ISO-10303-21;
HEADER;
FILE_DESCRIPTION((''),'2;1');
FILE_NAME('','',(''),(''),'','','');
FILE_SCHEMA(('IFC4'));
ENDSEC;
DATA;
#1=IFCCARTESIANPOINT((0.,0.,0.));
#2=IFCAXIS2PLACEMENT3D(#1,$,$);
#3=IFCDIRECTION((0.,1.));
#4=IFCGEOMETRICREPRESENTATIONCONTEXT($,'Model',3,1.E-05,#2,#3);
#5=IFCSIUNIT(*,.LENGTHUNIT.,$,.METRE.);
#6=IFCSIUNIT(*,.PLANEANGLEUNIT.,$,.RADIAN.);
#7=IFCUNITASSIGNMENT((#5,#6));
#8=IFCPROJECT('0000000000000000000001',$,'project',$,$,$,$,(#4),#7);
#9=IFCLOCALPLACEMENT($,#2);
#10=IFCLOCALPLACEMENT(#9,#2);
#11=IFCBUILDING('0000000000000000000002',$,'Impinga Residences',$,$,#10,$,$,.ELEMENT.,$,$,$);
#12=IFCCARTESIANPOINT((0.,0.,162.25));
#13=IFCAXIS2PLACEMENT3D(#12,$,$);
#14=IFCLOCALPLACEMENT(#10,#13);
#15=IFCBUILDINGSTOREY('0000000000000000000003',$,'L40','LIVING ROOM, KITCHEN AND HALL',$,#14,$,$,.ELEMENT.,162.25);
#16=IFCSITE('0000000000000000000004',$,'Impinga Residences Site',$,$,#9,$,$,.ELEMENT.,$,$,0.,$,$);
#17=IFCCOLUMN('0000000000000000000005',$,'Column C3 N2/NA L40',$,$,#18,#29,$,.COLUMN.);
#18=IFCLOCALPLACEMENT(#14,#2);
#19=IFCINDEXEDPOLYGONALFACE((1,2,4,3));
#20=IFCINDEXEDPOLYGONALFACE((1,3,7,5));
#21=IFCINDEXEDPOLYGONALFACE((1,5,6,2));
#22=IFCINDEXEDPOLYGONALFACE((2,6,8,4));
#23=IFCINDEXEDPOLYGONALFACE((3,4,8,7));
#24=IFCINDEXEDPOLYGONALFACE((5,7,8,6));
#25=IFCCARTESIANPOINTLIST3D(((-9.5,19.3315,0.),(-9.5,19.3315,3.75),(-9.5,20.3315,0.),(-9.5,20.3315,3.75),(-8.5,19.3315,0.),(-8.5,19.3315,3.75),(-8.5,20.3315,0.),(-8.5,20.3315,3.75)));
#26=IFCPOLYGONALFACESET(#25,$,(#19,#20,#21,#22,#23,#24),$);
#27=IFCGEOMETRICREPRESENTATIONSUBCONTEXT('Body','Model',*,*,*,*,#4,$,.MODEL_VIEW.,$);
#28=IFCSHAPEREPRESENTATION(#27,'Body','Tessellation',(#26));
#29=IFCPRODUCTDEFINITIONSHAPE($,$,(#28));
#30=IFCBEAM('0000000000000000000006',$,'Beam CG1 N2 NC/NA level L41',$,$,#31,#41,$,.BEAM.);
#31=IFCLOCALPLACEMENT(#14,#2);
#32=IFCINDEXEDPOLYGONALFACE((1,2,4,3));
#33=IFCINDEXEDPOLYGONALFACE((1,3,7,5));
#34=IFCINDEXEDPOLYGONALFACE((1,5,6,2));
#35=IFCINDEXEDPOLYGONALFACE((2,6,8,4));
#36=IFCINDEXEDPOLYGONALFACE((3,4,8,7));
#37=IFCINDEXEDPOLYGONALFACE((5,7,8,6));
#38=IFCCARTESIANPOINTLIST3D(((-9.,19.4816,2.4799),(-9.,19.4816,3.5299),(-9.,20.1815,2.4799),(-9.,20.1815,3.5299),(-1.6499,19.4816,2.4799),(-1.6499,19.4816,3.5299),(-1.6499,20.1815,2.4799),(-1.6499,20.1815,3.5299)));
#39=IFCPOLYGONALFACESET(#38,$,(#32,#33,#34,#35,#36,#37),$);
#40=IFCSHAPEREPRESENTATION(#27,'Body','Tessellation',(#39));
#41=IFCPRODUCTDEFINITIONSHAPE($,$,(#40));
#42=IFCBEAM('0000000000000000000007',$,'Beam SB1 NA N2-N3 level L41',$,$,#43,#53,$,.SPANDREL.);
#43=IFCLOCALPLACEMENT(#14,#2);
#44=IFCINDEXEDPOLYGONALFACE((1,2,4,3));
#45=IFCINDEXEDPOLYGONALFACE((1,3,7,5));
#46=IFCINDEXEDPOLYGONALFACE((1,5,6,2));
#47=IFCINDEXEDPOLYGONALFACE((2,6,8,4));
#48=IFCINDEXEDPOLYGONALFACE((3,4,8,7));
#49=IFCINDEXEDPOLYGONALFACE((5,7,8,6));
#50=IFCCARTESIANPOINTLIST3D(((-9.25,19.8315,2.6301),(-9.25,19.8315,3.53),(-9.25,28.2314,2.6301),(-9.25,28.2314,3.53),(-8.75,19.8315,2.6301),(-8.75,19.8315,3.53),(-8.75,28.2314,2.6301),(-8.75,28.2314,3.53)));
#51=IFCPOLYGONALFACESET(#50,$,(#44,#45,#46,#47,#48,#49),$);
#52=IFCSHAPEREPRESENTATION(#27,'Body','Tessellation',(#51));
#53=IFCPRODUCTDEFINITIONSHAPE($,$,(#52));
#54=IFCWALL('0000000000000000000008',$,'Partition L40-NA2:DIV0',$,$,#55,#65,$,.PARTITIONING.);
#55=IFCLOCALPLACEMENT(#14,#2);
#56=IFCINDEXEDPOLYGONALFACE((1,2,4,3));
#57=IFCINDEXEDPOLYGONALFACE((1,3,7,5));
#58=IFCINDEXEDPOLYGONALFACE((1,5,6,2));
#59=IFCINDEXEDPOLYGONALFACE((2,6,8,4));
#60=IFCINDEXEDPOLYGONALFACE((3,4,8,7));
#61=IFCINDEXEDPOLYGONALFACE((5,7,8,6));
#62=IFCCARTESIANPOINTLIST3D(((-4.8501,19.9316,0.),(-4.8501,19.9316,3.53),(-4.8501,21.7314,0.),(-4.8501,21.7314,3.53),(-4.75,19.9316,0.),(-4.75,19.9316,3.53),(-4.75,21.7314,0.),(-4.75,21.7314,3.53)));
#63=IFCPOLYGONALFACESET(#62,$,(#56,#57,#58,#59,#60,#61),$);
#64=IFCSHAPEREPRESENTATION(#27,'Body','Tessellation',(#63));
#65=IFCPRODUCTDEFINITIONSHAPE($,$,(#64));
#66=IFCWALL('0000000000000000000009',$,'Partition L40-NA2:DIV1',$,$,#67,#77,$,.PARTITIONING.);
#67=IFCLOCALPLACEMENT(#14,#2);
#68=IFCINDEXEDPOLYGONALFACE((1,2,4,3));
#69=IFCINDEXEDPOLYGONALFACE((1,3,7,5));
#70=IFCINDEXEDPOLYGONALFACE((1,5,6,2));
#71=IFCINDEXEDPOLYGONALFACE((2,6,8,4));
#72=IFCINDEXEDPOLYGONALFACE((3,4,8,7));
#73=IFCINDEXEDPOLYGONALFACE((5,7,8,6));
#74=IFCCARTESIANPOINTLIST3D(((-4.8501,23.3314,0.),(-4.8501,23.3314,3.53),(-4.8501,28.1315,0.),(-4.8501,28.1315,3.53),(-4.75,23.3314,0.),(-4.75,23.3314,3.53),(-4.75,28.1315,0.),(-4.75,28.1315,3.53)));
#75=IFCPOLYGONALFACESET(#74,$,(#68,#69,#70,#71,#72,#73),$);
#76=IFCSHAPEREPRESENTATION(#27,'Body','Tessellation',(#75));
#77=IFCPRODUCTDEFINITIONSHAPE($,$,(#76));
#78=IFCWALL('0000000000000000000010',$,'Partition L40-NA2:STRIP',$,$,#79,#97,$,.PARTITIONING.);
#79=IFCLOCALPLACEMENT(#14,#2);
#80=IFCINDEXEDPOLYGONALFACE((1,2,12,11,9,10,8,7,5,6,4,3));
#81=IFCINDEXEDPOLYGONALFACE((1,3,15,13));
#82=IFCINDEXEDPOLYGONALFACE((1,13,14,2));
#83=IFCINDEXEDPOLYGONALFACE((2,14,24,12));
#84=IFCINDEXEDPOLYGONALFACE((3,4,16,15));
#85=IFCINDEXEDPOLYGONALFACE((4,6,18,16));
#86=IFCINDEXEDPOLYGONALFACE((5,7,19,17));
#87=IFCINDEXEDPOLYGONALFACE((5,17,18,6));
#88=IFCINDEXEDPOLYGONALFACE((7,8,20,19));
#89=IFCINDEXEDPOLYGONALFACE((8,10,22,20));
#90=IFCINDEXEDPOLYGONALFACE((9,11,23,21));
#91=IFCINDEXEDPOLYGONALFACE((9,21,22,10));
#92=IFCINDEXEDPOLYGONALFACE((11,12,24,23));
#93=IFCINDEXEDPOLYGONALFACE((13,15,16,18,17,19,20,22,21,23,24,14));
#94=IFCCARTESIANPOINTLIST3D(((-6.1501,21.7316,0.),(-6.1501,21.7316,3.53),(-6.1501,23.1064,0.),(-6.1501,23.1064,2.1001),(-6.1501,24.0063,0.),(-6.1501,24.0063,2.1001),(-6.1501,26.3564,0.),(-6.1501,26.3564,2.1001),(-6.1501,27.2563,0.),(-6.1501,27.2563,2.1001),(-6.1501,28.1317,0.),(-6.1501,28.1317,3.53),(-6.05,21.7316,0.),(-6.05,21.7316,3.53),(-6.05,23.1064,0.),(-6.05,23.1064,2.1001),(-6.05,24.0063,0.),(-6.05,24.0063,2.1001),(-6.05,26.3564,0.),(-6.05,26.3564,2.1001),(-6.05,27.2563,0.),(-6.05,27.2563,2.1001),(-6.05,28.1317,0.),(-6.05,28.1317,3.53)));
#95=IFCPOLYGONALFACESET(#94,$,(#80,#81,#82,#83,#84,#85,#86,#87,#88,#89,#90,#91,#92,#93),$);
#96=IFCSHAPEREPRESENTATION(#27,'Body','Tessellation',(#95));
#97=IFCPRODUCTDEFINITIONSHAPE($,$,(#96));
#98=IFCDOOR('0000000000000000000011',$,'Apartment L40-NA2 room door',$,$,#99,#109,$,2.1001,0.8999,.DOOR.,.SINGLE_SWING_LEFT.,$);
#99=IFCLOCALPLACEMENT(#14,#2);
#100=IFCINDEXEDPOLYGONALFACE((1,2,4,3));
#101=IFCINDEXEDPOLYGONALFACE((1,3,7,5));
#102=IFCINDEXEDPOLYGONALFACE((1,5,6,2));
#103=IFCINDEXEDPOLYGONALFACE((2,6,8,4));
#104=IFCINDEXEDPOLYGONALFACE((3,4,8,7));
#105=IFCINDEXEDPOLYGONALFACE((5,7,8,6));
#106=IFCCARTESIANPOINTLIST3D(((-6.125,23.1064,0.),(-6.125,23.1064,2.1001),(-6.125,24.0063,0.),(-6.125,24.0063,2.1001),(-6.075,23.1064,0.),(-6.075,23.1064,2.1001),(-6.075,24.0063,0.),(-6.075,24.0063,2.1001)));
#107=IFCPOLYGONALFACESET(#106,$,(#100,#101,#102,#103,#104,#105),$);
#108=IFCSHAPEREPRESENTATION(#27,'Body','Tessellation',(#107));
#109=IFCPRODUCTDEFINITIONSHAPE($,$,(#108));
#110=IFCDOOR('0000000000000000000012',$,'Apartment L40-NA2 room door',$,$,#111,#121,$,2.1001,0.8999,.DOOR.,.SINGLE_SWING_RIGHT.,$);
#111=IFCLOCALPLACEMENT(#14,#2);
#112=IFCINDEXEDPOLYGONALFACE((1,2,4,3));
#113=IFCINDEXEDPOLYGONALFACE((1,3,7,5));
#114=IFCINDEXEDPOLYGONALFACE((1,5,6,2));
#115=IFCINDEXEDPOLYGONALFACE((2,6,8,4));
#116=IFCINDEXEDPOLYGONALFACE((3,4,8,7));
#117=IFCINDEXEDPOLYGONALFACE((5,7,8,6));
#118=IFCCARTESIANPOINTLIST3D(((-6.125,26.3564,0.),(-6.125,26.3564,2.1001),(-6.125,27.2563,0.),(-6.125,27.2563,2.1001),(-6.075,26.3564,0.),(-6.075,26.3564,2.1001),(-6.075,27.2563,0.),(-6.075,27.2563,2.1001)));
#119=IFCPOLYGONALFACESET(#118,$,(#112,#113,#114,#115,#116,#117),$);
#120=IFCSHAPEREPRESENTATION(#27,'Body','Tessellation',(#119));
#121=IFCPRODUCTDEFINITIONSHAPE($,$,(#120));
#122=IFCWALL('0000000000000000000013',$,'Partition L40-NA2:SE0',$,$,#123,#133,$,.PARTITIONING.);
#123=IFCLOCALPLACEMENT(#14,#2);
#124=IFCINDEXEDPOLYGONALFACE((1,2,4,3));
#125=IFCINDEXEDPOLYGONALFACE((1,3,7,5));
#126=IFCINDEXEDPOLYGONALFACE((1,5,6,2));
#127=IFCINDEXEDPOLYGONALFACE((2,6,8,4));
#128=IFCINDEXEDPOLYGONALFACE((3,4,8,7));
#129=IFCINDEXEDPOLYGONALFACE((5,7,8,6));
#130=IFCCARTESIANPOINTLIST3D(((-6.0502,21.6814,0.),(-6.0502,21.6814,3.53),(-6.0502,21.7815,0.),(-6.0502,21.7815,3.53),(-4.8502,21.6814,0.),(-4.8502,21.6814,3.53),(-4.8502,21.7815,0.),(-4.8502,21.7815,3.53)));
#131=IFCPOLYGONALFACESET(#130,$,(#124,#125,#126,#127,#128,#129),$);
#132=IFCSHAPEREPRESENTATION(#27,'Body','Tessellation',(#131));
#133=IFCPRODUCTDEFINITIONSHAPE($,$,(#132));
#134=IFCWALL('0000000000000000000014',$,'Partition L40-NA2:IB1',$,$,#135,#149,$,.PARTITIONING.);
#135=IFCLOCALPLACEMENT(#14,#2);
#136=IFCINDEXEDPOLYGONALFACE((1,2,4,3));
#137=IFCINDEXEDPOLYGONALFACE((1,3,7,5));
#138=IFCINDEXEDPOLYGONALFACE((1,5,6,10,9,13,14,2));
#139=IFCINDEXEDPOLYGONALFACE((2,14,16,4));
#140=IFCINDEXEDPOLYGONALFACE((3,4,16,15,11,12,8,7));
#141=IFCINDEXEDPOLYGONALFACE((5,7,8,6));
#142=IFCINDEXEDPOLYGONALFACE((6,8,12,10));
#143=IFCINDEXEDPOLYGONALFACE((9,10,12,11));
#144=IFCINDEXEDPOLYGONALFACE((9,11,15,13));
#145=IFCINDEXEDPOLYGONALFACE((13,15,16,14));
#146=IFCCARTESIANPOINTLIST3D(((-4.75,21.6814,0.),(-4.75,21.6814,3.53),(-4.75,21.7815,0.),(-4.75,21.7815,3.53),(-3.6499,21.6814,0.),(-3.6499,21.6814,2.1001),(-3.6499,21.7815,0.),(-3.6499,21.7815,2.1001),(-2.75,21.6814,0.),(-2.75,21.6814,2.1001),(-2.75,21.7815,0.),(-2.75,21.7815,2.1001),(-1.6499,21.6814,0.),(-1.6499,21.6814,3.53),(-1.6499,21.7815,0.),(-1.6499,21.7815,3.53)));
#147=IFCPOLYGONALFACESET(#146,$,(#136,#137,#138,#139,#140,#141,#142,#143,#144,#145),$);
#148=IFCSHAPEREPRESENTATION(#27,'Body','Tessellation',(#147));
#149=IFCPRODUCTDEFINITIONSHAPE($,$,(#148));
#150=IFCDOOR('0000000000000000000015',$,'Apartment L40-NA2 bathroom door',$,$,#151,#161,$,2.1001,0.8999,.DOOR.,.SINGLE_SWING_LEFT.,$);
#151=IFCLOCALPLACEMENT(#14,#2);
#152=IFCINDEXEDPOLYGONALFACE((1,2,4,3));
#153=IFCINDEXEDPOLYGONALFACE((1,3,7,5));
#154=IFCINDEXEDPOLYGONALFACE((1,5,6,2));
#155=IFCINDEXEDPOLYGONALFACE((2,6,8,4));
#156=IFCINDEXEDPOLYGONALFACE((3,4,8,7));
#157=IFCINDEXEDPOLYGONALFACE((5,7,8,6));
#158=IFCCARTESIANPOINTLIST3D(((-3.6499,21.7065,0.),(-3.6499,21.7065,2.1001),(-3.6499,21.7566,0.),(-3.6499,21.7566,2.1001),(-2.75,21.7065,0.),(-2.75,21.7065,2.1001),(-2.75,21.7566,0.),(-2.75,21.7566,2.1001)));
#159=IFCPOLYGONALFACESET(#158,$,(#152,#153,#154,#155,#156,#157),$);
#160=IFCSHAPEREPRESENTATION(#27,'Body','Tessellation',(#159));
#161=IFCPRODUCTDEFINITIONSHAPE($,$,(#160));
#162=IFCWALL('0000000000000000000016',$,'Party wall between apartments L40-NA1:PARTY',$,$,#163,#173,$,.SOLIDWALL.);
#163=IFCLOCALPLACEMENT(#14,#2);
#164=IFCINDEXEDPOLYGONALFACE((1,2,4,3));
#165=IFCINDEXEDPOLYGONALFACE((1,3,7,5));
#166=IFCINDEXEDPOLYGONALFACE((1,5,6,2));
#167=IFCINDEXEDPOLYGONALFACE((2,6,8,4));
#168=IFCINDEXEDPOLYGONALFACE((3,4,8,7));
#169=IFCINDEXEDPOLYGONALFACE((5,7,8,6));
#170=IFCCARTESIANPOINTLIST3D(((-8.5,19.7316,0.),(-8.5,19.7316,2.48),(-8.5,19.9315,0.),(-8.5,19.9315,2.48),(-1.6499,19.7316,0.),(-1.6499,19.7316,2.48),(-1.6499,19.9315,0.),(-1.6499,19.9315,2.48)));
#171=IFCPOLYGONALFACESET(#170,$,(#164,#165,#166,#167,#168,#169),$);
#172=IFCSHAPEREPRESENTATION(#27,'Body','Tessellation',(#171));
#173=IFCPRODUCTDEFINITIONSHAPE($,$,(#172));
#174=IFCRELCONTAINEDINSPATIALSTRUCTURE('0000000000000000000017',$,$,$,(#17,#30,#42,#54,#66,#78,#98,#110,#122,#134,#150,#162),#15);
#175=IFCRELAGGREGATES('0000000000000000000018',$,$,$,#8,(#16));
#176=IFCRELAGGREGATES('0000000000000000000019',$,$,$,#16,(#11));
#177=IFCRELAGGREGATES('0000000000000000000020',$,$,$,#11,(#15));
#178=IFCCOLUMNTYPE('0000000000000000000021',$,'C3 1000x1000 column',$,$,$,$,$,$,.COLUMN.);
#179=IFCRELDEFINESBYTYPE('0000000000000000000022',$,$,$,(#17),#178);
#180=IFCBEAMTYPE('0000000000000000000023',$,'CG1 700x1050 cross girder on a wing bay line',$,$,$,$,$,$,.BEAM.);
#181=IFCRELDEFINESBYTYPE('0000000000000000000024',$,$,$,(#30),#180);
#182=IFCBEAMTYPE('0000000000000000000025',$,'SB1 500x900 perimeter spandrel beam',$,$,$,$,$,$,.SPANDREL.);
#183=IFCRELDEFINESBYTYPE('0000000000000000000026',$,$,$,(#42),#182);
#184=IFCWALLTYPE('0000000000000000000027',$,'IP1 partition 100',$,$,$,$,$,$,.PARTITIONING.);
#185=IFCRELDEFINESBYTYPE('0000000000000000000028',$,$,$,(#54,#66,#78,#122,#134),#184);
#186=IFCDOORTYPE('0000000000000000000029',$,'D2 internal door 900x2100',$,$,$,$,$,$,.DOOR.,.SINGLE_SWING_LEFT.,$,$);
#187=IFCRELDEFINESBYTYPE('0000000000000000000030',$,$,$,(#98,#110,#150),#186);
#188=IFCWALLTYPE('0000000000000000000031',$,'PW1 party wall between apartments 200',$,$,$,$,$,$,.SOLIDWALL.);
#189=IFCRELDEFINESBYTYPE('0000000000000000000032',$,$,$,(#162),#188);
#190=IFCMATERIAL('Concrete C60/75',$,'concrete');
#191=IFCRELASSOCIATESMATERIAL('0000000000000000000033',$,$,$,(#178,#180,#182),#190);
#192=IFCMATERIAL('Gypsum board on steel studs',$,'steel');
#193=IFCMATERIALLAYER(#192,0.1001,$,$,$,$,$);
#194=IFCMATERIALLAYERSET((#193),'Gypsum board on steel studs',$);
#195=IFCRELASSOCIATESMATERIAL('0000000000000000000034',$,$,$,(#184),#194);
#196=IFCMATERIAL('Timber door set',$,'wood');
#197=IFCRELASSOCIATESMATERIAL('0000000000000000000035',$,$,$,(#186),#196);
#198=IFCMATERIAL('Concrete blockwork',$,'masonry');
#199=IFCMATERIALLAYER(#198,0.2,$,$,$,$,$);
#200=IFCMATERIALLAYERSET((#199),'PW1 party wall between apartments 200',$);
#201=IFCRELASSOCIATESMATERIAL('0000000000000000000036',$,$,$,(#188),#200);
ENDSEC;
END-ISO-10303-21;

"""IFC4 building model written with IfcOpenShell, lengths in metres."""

from ifc_helpers import new_model, si_unit, direction, frame, frame_2d, origin, origin_2d, place, context, subcontext, project, spatial, rectangle, extrude, material, layer, layer_set, material_profile, profile_set, type_object, element, fill, save


model = new_model("IFC4")

# Units and contexts
model_context = context("Model", 3, precision=1e-05, world=origin(), true_north=direction((0.0, 1.0)))
body_context = subcontext(model_context, "Body", "Model", "MODEL_VIEW")
ifc_project = project(units=[si_unit("LENGTHUNIT", "METRE"), si_unit("PLANEANGLEUNIT", "RADIAN")], contexts=[model_context])

# Site, building, storey
site_placement = place(None, origin())
site = spatial("IfcSite", under=ifc_project, at=site_placement, Name="Impinga Residences Site", CompositionType="ELEMENT", RefElevation=0.0)
building_placement = place(site_placement, origin())
building = spatial("IfcBuilding", under=site, at=building_placement, Name="Impinga Residences", CompositionType="ELEMENT")
storey_placement = place(building_placement, frame((0.0, 0.0, 162.25)))
storey = spatial("IfcBuildingStorey", under=building, at=storey_placement, Name="L40", Description="LIVING ROOM, KITCHEN AND HALL", CompositionType="ELEMENT", Elevation=162.25)

# Column
ifc_material_1 = material(Name="Concrete C60/75", Category="concrete")
ifc_material_profile_1 = material_profile(ifc_material_1, rectangle(XDim=1.0, YDim=1.0, at=origin_2d()), Name="RC 1000x1000")
ifc_profile_set_1 = profile_set([ifc_material_profile_1], Name="Concrete C60/75")
column_type = type_object("IfcColumnType", Name="C3 1000x1000 column", PredefinedType="COLUMN", material=ifc_profile_set_1)
column_placement = place(storey_placement, frame((-9.0, 19.8315, 0.0), z_axis=(0.0, 0.0, 1.0), x_axis=(1.0, 0.0, 0.0)))
element("IfcColumn", 1, at=column_placement, inside=storey, type_object=column_type, Name="Column C3 N2/NA L40", PredefinedType="COLUMN", context=body_context, shape_type="SweptSolid", body=[
    extrude(rectangle(XDim=1.0, YDim=1.0, at=origin_2d()), origin(), (0.0, 0.0, 1.0), 3.75),
])

# Beams
ifc_material_profile_2 = material_profile(ifc_material_1, rectangle(XDim=0.7, YDim=1.05, at=origin_2d()), Name="RC 700x1050")
ifc_profile_set_2 = profile_set([ifc_material_profile_2], Name="Concrete C60/75")
beam_type_1 = type_object("IfcBeamType", Name="CG1 700x1050 cross girder on a wing bay line", PredefinedType="BEAM", material=ifc_profile_set_2)
beam_1_placement = place(storey_placement, frame((-1.6499, 19.8315, 3.0049), z_axis=(-1.0, 0.0, 0.0), x_axis=(0.0, -1.0, 0.0)))
element("IfcBeam", 2, at=beam_1_placement, inside=storey, type_object=beam_type_1, Name="Beam CG1 N2 NC/NA level L41", PredefinedType="BEAM", context=body_context, shape_type="SweptSolid", body=[
    extrude(rectangle(XDim=0.7, YDim=1.05, at=origin_2d()), origin(), (0.0, 0.0, 1.0), 7.3501),
])
ifc_material_profile_3 = material_profile(ifc_material_1, rectangle(XDim=0.5, YDim=0.8999, at=origin_2d()), Name="RC 500x900")
ifc_profile_set_3 = profile_set([ifc_material_profile_3], Name="Concrete C60/75")
beam_type_2 = type_object("IfcBeamType", Name="SB1 500x900 perimeter spandrel beam", PredefinedType="SPANDREL", material=ifc_profile_set_3)
beam_2_placement = place(storey_placement, frame((-9.0, 19.8315, 3.0801), z_axis=(0.0, 1.0, 0.0), x_axis=(-1.0, 0.0, 0.0)))
element("IfcBeam", 3, at=beam_2_placement, inside=storey, type_object=beam_type_2, Name="Beam SB1 NA N2-N3 level L41", PredefinedType="SPANDREL", context=body_context, shape_type="SweptSolid", body=[
    extrude(rectangle(XDim=0.5, YDim=0.8999, at=origin_2d()), origin(), (0.0, 0.0, 1.0), 8.3999),
])

# Walls
ifc_material_2 = material(Name="Gypsum board on steel studs", Category="steel")
ifc_layer_1 = layer(ifc_material_2, 0.1001)
ifc_layer_set_1 = layer_set([ifc_layer_1], Name="Gypsum board on steel studs")
wall_type_1 = type_object("IfcWallType", Name="IP1 partition 100", PredefinedType="PARTITIONING", material=ifc_layer_set_1)
wall_1_placement = place(storey_placement, frame((-4.8, 19.9316, 0.0), z_axis=(0.0, 0.0, 1.0), x_axis=(0.0, 1.0, 0.0)))
element("IfcWall", 4, at=wall_1_placement, inside=storey, type_object=wall_type_1, Name="Partition L40-NA2:DIV0", PredefinedType="PARTITIONING", context=body_context, shape_type="SweptSolid", body=[
    extrude(rectangle(XDim=1.7998, YDim=0.1001, at=frame_2d((0.8999, 0.0))), origin(), (0.0, 0.0, 1.0), 3.53),
])
wall_2_placement = place(storey_placement, frame((-4.8, 23.3315, 0.0), z_axis=(0.0, 0.0, 1.0), x_axis=(0.0, 1.0, 0.0)))
element("IfcWall", 5, at=wall_2_placement, inside=storey, type_object=wall_type_1, Name="Partition L40-NA2:DIV1", PredefinedType="PARTITIONING", context=body_context, shape_type="SweptSolid", body=[
    extrude(rectangle(XDim=4.8, YDim=0.1001, at=frame_2d((2.3999, 0.0))), origin(), (0.0, 0.0, 1.0), 3.53),
])

# Wall, openings, doors
wall_3_placement = place(storey_placement, frame((-6.1001, 21.7314, 0.0), z_axis=(0.0, 0.0, 1.0), x_axis=(0.0, 1.0, 0.0)))
wall_3 = element("IfcWall", 6, at=wall_3_placement, inside=storey, type_object=wall_type_1, Name="Partition L40-NA2:STRIP", PredefinedType="PARTITIONING", context=body_context, shape_type="SweptSolid", body=[
    extrude(rectangle(XDim=6.4001, YDim=0.1001, at=frame_2d((3.2002, 0.0))), origin(), (0.0, 0.0, 1.0), 3.53),
])
opening_1_placement = place(wall_3_placement, frame((1.375, 0.0, 0.0)))
opening_1 = element("IfcOpeningElement", 7, at=opening_1_placement, cuts=wall_3, PredefinedType="OPENING", context=body_context, shape_type="SweptSolid", body=[
    extrude(rectangle(XDim=0.8999, YDim=2.1001, at=frame_2d((0.45, 1.05))), frame((0.0, 0.0601, 0.0), z_axis=(0.0, -1.0, 0.0), x_axis=(1.0, 0.0, 0.0)), (0.0, 0.0, 1.0), 0.1201),
])
opening_2_placement = place(wall_3_placement, frame((4.625, 0.0, 0.0)))
opening_2 = element("IfcOpeningElement", 8, at=opening_2_placement, cuts=wall_3, PredefinedType="OPENING", context=body_context, shape_type="SweptSolid", body=[
    extrude(rectangle(XDim=0.8999, YDim=2.1001, at=frame_2d((0.45, 1.05))), frame((0.0, 0.0601, 0.0), z_axis=(0.0, -1.0, 0.0), x_axis=(1.0, 0.0, 0.0)), (0.0, 0.0, 1.0), 0.1201),
])
ifc_material_3 = material(Name="Timber door set", Category="wood")
door_type = type_object("IfcDoorType", Name="D2 internal door 900x2100", OperationType="SINGLE_SWING_LEFT", PredefinedType="DOOR", material=ifc_material_3)
door_1_placement = place(opening_1_placement, origin())
door_1 = element("IfcDoor", 9, at=door_1_placement, inside=storey, type_object=door_type, Name="Apartment L40-NA2 room door", OperationType="SINGLE_SWING_LEFT", OverallHeight=2.1001, OverallWidth=0.8999, PredefinedType="DOOR", context=body_context, shape_type="SweptSolid", body=[
    extrude(rectangle(XDim=0.8999, YDim=2.1001, at=frame_2d((0.45, 1.05))), frame((0.0, 0.0249, 0.0), z_axis=(0.0, -1.0, 0.0), x_axis=(1.0, 0.0, 0.0)), (0.0, 0.0, 1.0), 0.05),
])
fill(opening_1, door_1)
door_2_placement = place(opening_2_placement, origin())
door_2 = element("IfcDoor", 10, at=door_2_placement, inside=storey, type_object=door_type, Name="Apartment L40-NA2 room door", OperationType="SINGLE_SWING_RIGHT", OverallHeight=2.1001, OverallWidth=0.8999, PredefinedType="DOOR", context=body_context, shape_type="SweptSolid", body=[
    extrude(rectangle(XDim=0.8999, YDim=2.1001, at=frame_2d((0.45, 1.05))), frame((0.0, 0.0249, 0.0), z_axis=(0.0, -1.0, 0.0), x_axis=(1.0, 0.0, 0.0)), (0.0, 0.0, 1.0), 0.05),
])
fill(opening_2, door_2)

# Wall
wall_4_placement = place(storey_placement, frame((-4.8501, 21.7314, 0.0), z_axis=(0.0, 0.0, 1.0), x_axis=(-1.0, 0.0, 0.0)))
element("IfcWall", 11, at=wall_4_placement, inside=storey, type_object=wall_type_1, Name="Partition L40-NA2:SE0", PredefinedType="PARTITIONING", context=body_context, shape_type="SweptSolid", body=[
    extrude(rectangle(XDim=1.2, YDim=0.1001, at=frame_2d((0.6001, 0.0))), origin(), (0.0, 0.0, 1.0), 3.53),
])

# Wall, opening, door
wall_5_placement = place(storey_placement, frame((-1.6499, 21.7314, 0.0), z_axis=(0.0, 0.0, 1.0), x_axis=(-1.0, 0.0, 0.0)))
wall_5 = element("IfcWall", 12, at=wall_5_placement, inside=storey, type_object=wall_type_1, Name="Partition L40-NA2:IB1", PredefinedType="PARTITIONING", context=body_context, shape_type="SweptSolid", body=[
    extrude(rectangle(XDim=3.1001, YDim=0.1001, at=frame_2d((1.55, 0.0))), origin(), (0.0, 0.0, 1.0), 3.53),
])
opening_3_placement = place(wall_5_placement, frame((1.1001, 0.0, 0.0)))
opening_3 = element("IfcOpeningElement", 13, at=opening_3_placement, cuts=wall_5, PredefinedType="OPENING", context=body_context, shape_type="SweptSolid", body=[
    extrude(rectangle(XDim=0.8999, YDim=2.1001, at=frame_2d((0.45, 1.05))), frame((0.0, 0.0601, 0.0), z_axis=(0.0, -1.0, 0.0), x_axis=(1.0, 0.0, 0.0)), (0.0, 0.0, 1.0), 0.1201),
])
door_3_placement = place(opening_3_placement, origin())
door_3 = element("IfcDoor", 14, at=door_3_placement, inside=storey, type_object=door_type, Name="Apartment L40-NA2 bathroom door", OperationType="SINGLE_SWING_LEFT", OverallHeight=2.1001, OverallWidth=0.8999, PredefinedType="DOOR", context=body_context, shape_type="SweptSolid", body=[
    extrude(rectangle(XDim=0.8999, YDim=2.1001, at=frame_2d((0.45, 1.05))), frame((0.0, 0.0249, 0.0), z_axis=(0.0, -1.0, 0.0), x_axis=(1.0, 0.0, 0.0)), (0.0, 0.0, 1.0), 0.05),
])
fill(opening_3, door_3)

# Wall
ifc_material_4 = material(Name="Concrete blockwork", Category="masonry")
ifc_layer_2 = layer(ifc_material_4, 0.2)
ifc_layer_set_2 = layer_set([ifc_layer_2], Name="PW1 party wall between apartments 200")
wall_type_2 = type_object("IfcWallType", Name="PW1 party wall between apartments 200", PredefinedType="SOLIDWALL", material=ifc_layer_set_2)
wall_6_placement = place(storey_placement, frame((-1.6499, 19.8315, 0.0), z_axis=(0.0, 0.0, 1.0), x_axis=(-1.0, 0.0, 0.0)))
element("IfcWall", 15, at=wall_6_placement, inside=storey, type_object=wall_type_2, Name="Party wall between apartments L40-NA1:PARTY", PredefinedType="SOLIDWALL", context=body_context, shape_type="SweptSolid", body=[
    extrude(rectangle(XDim=6.8501, YDim=0.2, at=frame_2d((3.425, 0.0))), origin(), (0.0, 0.0, 1.0), 2.48),
])

save(model, "model.ifc")
